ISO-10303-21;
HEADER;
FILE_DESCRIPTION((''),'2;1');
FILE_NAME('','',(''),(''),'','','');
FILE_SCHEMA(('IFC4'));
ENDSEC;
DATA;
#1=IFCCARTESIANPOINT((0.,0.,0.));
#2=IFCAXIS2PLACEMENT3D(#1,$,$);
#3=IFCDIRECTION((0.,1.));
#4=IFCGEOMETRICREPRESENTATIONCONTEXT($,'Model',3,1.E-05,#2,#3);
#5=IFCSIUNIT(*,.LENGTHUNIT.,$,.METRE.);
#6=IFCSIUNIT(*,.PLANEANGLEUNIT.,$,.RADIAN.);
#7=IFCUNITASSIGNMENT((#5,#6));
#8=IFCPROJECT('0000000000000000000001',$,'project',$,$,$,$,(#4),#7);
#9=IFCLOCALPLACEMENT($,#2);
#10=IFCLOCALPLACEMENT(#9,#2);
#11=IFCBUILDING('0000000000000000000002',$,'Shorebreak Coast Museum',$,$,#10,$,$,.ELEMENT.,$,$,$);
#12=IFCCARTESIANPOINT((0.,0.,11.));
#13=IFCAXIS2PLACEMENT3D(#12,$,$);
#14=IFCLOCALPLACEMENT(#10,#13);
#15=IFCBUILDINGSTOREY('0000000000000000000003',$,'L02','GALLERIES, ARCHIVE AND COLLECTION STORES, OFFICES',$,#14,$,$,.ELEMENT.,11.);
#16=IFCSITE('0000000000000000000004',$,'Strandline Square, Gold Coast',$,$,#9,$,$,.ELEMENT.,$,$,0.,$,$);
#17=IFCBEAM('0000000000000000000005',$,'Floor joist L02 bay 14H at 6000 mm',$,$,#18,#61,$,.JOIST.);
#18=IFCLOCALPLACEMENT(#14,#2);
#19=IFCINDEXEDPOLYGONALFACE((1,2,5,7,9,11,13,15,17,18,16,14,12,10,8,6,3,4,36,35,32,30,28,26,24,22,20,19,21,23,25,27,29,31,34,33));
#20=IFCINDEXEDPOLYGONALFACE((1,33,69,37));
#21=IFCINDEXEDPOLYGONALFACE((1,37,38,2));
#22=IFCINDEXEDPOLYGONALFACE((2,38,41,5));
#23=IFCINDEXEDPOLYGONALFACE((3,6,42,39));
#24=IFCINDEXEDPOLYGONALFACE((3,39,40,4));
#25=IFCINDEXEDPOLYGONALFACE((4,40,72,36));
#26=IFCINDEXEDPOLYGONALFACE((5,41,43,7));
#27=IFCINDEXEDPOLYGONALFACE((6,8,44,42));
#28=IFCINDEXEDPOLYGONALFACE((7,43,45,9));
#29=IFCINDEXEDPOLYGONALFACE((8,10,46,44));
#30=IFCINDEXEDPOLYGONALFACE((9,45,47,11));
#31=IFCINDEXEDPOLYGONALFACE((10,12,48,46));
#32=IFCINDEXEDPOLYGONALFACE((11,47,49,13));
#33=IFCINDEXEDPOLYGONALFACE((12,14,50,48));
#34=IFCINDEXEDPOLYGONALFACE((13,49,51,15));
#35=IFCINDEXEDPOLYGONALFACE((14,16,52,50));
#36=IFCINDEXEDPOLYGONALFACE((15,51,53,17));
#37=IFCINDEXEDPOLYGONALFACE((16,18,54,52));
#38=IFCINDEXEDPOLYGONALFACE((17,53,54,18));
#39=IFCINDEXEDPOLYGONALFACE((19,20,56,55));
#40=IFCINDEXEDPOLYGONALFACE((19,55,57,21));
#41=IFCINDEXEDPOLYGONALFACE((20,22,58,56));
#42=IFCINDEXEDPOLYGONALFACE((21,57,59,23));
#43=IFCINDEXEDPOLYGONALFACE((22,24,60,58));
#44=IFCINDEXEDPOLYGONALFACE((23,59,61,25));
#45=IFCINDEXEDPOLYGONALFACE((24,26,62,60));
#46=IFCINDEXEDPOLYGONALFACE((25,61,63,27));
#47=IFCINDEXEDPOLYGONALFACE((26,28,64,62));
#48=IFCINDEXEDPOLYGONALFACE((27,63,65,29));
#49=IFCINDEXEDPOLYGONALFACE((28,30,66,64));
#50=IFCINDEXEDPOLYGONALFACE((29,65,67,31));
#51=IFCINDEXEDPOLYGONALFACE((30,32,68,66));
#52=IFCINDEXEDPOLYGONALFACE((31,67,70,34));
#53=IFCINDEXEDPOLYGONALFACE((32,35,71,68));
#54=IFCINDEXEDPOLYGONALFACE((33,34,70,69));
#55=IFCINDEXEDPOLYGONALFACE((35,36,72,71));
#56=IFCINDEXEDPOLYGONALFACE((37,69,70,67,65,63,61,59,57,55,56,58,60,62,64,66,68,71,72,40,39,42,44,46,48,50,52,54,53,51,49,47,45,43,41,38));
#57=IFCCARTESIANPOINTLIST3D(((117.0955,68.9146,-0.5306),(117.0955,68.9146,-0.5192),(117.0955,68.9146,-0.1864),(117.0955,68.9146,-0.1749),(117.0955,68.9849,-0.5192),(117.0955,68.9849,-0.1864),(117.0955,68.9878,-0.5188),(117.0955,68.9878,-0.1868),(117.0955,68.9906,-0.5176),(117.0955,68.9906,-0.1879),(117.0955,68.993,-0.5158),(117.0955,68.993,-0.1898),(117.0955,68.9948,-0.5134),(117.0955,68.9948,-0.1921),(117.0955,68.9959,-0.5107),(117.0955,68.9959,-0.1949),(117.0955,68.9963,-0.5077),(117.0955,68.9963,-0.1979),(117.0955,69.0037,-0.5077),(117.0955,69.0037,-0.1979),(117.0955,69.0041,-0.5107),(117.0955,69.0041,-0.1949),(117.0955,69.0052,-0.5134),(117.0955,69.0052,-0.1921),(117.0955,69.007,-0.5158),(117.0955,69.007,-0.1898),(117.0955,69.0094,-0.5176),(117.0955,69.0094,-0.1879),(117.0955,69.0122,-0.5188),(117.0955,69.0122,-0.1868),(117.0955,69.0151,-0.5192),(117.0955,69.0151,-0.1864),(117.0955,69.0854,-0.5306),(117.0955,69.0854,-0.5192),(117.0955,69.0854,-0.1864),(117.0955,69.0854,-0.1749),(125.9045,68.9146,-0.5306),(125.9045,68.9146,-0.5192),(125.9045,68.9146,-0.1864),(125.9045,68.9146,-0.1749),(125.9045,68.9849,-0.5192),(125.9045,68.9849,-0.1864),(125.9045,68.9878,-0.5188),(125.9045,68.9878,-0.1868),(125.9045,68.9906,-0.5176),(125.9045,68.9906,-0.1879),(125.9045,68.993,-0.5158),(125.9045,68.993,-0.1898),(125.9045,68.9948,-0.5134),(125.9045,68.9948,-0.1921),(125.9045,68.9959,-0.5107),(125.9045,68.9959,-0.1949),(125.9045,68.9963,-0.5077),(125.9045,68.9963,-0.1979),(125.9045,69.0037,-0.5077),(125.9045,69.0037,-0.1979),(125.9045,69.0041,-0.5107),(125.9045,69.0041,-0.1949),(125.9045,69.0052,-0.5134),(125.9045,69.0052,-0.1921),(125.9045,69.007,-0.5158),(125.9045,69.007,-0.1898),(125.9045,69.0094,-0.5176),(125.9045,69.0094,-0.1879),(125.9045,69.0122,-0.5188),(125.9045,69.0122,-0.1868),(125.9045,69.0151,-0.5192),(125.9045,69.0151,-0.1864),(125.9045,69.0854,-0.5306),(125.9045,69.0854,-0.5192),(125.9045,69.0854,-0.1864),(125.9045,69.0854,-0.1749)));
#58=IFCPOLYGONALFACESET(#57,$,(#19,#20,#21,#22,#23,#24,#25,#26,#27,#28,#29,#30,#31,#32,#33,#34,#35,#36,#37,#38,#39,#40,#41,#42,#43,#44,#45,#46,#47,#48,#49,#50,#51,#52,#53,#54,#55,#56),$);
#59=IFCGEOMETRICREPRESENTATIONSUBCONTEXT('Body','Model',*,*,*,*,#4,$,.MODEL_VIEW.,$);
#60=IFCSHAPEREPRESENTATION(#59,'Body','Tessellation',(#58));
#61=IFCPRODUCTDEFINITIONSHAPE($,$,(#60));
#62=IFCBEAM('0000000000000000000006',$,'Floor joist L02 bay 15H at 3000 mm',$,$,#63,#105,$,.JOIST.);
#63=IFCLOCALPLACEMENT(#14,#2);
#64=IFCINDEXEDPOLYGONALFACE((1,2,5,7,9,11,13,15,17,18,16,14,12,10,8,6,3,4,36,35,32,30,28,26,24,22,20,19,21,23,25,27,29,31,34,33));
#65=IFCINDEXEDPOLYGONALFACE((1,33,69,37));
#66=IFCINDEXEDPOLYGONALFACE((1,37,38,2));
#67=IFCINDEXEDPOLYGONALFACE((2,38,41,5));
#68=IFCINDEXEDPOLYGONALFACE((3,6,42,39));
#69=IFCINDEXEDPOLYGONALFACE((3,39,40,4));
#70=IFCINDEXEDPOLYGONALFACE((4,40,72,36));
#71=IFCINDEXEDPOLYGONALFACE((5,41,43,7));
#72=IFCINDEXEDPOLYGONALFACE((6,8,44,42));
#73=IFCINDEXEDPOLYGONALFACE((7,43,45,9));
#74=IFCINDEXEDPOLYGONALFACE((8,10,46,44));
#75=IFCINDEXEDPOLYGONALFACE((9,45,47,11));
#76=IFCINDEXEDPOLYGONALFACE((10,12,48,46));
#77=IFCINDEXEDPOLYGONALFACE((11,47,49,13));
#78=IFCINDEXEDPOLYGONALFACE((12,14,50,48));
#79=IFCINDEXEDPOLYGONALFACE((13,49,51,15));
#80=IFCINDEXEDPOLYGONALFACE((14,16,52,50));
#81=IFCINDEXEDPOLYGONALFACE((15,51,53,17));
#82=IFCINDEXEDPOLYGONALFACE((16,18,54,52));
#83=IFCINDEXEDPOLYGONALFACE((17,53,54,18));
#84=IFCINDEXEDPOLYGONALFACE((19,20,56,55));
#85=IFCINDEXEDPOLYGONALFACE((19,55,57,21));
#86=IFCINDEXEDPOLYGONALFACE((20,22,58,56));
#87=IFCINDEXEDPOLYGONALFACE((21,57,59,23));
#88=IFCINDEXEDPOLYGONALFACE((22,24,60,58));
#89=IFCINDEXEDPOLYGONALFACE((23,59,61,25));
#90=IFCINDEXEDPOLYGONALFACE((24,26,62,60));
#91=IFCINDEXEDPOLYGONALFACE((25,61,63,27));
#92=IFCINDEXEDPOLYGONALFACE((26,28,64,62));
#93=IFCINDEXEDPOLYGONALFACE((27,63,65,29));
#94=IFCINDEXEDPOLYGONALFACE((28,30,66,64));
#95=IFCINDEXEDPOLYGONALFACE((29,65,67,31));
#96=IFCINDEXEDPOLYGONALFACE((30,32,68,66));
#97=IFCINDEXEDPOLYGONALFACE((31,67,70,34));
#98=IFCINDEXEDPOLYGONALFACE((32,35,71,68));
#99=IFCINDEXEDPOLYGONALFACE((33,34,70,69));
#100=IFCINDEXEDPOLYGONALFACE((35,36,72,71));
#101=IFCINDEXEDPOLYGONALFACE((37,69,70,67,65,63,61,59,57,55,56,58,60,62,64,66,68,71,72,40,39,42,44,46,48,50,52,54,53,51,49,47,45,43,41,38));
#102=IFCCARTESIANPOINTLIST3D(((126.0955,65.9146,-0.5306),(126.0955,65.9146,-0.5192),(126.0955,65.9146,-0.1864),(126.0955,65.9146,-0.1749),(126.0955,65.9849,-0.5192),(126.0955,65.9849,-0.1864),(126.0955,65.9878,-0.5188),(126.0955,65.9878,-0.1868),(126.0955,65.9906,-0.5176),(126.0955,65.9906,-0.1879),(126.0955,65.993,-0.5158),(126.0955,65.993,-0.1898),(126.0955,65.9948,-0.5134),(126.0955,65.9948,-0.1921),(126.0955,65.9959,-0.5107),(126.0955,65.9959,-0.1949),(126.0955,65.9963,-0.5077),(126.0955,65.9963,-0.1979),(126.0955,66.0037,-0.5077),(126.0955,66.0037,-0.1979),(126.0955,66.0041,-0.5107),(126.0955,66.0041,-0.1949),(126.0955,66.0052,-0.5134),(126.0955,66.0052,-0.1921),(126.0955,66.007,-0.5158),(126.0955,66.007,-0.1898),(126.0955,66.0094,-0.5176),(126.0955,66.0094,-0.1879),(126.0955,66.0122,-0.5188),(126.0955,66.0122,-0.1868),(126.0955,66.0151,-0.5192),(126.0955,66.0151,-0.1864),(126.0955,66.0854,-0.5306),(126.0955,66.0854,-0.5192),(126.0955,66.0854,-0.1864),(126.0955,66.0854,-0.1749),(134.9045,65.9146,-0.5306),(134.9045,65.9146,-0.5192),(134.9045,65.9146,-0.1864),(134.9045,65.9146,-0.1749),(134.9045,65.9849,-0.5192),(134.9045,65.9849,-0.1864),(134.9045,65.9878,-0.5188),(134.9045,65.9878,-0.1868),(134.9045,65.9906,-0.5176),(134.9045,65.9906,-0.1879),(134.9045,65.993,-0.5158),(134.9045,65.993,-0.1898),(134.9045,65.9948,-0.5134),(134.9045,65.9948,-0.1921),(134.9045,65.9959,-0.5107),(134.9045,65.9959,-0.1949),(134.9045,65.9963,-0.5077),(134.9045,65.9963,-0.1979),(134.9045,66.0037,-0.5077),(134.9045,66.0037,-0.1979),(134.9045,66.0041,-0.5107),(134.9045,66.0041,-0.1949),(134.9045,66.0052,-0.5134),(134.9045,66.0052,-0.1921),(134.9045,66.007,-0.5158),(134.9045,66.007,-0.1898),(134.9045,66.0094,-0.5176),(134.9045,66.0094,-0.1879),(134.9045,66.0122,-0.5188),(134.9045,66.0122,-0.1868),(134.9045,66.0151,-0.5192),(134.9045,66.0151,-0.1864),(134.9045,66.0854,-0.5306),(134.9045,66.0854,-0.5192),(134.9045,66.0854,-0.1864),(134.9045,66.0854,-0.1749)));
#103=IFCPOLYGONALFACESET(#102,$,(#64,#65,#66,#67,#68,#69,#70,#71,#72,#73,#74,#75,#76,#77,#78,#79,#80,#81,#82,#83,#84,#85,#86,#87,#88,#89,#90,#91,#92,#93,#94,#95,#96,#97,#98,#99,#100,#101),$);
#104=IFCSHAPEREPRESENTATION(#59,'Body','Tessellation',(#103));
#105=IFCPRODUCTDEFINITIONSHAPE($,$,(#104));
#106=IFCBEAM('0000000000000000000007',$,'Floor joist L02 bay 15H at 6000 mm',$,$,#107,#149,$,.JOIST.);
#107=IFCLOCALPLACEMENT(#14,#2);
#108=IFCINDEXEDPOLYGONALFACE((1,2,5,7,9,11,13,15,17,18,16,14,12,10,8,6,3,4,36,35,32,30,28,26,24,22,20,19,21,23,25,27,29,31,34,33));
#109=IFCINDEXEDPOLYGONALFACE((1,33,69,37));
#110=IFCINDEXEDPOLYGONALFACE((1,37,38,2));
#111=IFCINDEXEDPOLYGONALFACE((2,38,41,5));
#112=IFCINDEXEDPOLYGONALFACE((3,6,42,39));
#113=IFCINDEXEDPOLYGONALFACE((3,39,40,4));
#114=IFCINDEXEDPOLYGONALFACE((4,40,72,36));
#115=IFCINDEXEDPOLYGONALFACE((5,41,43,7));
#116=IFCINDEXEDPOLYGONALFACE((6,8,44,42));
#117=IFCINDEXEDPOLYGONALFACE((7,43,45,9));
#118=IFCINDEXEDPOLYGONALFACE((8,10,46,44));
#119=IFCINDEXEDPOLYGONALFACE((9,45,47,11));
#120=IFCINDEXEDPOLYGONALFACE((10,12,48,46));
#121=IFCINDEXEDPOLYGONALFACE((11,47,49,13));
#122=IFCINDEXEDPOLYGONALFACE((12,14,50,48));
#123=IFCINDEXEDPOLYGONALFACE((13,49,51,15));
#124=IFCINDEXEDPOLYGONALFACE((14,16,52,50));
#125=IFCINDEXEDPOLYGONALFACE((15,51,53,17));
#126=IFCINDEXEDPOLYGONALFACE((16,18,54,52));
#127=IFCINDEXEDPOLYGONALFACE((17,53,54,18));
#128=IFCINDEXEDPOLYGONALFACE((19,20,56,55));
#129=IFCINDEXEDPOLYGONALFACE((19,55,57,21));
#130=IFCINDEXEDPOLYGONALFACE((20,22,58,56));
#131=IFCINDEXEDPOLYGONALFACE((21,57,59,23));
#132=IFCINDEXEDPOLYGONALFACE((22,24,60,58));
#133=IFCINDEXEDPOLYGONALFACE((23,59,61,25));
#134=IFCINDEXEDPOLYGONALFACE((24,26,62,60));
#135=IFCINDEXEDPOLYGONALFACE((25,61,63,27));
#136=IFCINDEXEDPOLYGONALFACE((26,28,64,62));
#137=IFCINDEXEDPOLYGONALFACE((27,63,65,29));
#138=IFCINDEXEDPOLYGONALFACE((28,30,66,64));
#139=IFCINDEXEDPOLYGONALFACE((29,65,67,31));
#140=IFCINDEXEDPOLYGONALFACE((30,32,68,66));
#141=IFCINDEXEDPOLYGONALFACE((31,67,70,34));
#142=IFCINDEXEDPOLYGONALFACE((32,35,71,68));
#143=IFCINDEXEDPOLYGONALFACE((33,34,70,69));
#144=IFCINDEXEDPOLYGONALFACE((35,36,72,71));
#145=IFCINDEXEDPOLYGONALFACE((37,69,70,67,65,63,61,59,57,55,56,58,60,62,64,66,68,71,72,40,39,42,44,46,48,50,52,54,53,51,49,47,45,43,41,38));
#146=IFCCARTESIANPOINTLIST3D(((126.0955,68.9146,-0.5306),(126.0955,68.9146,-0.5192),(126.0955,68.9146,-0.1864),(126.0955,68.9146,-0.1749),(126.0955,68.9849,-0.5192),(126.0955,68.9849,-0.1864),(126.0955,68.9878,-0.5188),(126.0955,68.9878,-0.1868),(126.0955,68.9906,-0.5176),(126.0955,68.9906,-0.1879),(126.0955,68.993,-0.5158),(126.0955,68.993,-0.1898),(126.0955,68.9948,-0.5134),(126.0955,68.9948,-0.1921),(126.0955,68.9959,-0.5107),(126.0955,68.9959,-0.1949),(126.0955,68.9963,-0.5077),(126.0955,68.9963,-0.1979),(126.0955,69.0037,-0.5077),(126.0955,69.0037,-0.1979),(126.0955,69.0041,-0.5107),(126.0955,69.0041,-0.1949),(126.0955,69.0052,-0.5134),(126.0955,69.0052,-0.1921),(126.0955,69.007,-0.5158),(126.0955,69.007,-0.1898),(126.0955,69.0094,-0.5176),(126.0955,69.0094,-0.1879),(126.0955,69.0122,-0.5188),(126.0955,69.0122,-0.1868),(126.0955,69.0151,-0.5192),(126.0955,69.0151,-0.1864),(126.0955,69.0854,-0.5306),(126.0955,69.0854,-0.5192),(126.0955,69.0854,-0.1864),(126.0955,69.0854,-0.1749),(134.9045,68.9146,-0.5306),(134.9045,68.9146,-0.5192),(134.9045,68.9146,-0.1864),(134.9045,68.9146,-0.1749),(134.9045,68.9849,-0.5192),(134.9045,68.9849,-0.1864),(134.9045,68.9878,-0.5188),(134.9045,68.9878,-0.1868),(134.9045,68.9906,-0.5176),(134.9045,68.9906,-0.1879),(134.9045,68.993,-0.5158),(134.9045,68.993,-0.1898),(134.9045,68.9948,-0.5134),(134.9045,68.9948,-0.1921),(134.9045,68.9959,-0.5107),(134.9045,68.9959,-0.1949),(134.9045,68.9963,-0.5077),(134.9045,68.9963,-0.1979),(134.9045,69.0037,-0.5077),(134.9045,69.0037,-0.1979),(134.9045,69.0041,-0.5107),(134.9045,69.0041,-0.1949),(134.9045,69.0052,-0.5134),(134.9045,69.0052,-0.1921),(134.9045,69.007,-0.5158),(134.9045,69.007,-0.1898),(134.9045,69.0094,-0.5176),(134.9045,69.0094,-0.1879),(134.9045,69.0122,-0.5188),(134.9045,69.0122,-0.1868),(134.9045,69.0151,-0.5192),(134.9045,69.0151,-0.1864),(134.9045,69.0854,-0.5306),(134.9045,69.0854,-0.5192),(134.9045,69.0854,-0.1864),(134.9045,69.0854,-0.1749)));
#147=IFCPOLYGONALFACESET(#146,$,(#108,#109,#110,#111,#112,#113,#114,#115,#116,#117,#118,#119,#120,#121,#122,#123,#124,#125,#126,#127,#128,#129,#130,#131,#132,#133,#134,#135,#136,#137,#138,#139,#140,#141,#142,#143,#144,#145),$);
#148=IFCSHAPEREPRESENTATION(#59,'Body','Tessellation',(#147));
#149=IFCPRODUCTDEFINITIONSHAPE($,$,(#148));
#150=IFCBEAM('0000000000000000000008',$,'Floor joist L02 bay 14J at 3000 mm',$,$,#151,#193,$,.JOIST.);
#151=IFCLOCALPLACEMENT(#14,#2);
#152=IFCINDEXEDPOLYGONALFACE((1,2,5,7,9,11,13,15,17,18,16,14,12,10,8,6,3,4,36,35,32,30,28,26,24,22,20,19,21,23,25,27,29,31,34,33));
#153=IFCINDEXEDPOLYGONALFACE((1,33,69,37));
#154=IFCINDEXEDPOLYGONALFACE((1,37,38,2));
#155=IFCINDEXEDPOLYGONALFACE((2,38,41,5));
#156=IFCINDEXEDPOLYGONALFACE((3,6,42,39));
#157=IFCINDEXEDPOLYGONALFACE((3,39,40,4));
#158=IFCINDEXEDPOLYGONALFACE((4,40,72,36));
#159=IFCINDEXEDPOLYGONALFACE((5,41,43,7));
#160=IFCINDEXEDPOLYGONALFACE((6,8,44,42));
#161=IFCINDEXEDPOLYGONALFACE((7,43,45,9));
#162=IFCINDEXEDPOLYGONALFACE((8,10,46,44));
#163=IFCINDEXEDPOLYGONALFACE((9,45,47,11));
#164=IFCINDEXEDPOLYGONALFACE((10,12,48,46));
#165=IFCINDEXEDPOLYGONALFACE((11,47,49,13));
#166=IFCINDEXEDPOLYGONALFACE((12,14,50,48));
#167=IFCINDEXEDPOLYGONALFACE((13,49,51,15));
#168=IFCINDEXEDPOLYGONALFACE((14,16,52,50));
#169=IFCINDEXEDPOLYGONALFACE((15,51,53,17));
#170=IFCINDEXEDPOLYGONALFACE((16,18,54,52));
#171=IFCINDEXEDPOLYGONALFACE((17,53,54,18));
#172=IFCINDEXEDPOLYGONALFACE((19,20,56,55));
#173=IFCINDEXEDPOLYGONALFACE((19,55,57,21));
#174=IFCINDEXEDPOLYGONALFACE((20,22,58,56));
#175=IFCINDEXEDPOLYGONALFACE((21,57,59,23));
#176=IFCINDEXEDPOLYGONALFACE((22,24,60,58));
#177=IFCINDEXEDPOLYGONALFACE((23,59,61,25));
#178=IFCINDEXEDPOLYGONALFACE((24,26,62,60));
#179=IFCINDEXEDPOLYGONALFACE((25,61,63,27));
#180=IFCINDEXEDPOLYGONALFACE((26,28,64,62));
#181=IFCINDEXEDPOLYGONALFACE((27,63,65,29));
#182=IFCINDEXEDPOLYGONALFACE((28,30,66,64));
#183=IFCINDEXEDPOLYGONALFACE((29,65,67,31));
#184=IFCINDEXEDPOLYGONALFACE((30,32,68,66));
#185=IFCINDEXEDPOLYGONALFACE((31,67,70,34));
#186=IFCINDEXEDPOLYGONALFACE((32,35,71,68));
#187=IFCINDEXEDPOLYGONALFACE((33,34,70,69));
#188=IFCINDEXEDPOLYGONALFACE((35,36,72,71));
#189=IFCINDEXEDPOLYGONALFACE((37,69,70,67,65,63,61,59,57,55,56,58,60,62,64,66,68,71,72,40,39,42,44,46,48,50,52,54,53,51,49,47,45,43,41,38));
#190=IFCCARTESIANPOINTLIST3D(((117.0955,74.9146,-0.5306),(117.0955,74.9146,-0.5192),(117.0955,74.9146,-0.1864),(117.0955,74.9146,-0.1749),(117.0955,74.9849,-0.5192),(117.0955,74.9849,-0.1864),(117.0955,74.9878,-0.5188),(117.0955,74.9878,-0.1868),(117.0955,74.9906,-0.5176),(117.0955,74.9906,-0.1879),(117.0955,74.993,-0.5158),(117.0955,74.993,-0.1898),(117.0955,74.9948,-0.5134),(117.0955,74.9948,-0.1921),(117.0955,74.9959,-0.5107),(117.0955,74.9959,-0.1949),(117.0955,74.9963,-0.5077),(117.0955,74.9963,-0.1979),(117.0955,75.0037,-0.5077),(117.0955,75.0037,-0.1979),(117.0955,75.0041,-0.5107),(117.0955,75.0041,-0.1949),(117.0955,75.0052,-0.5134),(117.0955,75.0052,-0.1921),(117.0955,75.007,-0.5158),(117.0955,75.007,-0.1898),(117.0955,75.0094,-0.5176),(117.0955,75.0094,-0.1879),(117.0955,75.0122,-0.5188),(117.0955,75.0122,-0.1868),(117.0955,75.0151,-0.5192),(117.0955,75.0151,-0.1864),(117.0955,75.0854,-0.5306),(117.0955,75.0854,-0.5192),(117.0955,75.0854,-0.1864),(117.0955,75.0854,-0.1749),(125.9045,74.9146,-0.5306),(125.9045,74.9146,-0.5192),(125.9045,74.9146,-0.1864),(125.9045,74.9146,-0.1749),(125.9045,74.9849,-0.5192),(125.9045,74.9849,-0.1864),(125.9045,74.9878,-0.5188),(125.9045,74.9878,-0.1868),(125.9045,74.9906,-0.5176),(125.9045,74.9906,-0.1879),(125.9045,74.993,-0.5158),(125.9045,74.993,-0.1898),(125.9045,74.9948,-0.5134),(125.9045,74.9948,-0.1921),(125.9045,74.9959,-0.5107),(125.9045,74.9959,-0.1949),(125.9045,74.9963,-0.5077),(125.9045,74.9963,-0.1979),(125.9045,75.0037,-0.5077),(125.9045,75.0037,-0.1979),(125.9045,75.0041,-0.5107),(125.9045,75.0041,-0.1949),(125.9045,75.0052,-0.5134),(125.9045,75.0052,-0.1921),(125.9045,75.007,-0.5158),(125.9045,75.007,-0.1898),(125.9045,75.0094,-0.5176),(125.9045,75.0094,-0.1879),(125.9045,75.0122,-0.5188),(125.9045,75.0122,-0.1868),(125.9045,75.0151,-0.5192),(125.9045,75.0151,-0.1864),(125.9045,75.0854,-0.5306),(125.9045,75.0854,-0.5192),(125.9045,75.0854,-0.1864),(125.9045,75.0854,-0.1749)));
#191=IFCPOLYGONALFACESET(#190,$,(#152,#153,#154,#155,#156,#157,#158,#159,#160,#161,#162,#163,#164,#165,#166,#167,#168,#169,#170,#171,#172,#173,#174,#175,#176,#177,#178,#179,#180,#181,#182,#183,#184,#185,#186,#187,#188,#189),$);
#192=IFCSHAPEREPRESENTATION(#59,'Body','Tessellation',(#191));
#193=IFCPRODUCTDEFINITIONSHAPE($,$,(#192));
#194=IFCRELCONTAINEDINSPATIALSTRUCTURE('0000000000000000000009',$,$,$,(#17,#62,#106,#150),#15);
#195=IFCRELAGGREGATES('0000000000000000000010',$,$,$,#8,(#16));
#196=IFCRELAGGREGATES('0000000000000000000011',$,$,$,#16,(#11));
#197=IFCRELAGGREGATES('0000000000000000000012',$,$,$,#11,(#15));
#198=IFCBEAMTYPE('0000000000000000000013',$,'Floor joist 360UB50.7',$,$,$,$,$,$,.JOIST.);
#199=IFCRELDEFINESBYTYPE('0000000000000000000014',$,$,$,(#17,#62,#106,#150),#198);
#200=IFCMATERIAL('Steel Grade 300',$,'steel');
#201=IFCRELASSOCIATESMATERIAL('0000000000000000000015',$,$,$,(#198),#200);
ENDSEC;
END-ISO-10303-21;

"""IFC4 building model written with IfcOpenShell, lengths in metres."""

from ifc_helpers import new_model, si_unit, direction, frame, origin, origin_2d, place, context, subcontext, project, spatial, i_section, extrude, material, material_profile, profile_set, type_object, element, save


model = new_model("IFC4")

# Units and contexts
model_context = context("Model", 3, precision=1e-05, world=origin(), true_north=direction((0.0, 1.0)))
body_context = subcontext(model_context, "Body", "Model", "MODEL_VIEW")
ifc_project = project(units=[si_unit("LENGTHUNIT", "METRE"), si_unit("PLANEANGLEUNIT", "RADIAN")], contexts=[model_context])

# Site, building, storey
site_placement = place(None, origin())
site = spatial("IfcSite", under=ifc_project, at=site_placement, Name="Strandline Square, Gold Coast", CompositionType="ELEMENT", RefElevation=0.0)
building_placement = place(site_placement, origin())
building = spatial("IfcBuilding", under=site, at=building_placement, Name="Shorebreak Coast Museum", CompositionType="ELEMENT")
storey_placement = place(building_placement, frame((0.0, 0.0, 11.0)))
storey = spatial("IfcBuildingStorey", under=building, at=storey_placement, Name="L02", Description="GALLERIES, ARCHIVE AND COLLECTION STORES, OFFICES", CompositionType="ELEMENT", Elevation=11.0)

# Beams
ifc_material_1 = material(Name="Steel Grade 300", Category="steel")
ifc_material_profile_1 = material_profile(ifc_material_1, i_section(OverallWidth=0.1709, OverallDepth=0.3557, WebThickness=0.0073, FlangeThickness=0.0115, FilletRadius=0.0115, at=origin_2d()), Name="360UB50.7")
ifc_profile_set_1 = profile_set([ifc_material_profile_1], Name="Steel Grade 300")
beam_type_1 = type_object("IfcBeamType", Name="Floor joist 360UB50.7", PredefinedType="JOIST", material=ifc_profile_set_1)
for number, where, z_axis, x_axis, name in (
    (1, (117.0955, 69.0, -0.3528), (1.0, 0.0, 0.0), (0.0, 1.0, 0.0), "Floor joist L02 bay 14H at 6000 mm"),
    (2, (126.0955, 66.0, -0.3528), (1.0, 0.0, 0.0), (0.0, 1.0, 0.0), "Floor joist L02 bay 15H at 3000 mm"),
    (3, (126.0955, 69.0, -0.3528), (1.0, 0.0, 0.0), (0.0, 1.0, 0.0), "Floor joist L02 bay 15H at 6000 mm"),
    (4, (117.0955, 75.0, -0.3528), (1.0, 0.0, 0.0), (0.0, 1.0, 0.0), "Floor joist L02 bay 14J at 3000 mm"),
):
    element("IfcBeam", number, at=place(storey_placement, frame(where, z_axis=z_axis, x_axis=x_axis)), inside=storey, type_object=beam_type_1, Name=name, PredefinedType="JOIST", context=body_context, shape_type="SweptSolid", body=[
        extrude(i_section(OverallWidth=0.1709, OverallDepth=0.3557, WebThickness=0.0073, FlangeThickness=0.0115, FilletRadius=0.0115, at=origin_2d()), origin(), (0.0, 0.0, 1.0), 8.8091),
    ])

save(model, "model.ifc")
